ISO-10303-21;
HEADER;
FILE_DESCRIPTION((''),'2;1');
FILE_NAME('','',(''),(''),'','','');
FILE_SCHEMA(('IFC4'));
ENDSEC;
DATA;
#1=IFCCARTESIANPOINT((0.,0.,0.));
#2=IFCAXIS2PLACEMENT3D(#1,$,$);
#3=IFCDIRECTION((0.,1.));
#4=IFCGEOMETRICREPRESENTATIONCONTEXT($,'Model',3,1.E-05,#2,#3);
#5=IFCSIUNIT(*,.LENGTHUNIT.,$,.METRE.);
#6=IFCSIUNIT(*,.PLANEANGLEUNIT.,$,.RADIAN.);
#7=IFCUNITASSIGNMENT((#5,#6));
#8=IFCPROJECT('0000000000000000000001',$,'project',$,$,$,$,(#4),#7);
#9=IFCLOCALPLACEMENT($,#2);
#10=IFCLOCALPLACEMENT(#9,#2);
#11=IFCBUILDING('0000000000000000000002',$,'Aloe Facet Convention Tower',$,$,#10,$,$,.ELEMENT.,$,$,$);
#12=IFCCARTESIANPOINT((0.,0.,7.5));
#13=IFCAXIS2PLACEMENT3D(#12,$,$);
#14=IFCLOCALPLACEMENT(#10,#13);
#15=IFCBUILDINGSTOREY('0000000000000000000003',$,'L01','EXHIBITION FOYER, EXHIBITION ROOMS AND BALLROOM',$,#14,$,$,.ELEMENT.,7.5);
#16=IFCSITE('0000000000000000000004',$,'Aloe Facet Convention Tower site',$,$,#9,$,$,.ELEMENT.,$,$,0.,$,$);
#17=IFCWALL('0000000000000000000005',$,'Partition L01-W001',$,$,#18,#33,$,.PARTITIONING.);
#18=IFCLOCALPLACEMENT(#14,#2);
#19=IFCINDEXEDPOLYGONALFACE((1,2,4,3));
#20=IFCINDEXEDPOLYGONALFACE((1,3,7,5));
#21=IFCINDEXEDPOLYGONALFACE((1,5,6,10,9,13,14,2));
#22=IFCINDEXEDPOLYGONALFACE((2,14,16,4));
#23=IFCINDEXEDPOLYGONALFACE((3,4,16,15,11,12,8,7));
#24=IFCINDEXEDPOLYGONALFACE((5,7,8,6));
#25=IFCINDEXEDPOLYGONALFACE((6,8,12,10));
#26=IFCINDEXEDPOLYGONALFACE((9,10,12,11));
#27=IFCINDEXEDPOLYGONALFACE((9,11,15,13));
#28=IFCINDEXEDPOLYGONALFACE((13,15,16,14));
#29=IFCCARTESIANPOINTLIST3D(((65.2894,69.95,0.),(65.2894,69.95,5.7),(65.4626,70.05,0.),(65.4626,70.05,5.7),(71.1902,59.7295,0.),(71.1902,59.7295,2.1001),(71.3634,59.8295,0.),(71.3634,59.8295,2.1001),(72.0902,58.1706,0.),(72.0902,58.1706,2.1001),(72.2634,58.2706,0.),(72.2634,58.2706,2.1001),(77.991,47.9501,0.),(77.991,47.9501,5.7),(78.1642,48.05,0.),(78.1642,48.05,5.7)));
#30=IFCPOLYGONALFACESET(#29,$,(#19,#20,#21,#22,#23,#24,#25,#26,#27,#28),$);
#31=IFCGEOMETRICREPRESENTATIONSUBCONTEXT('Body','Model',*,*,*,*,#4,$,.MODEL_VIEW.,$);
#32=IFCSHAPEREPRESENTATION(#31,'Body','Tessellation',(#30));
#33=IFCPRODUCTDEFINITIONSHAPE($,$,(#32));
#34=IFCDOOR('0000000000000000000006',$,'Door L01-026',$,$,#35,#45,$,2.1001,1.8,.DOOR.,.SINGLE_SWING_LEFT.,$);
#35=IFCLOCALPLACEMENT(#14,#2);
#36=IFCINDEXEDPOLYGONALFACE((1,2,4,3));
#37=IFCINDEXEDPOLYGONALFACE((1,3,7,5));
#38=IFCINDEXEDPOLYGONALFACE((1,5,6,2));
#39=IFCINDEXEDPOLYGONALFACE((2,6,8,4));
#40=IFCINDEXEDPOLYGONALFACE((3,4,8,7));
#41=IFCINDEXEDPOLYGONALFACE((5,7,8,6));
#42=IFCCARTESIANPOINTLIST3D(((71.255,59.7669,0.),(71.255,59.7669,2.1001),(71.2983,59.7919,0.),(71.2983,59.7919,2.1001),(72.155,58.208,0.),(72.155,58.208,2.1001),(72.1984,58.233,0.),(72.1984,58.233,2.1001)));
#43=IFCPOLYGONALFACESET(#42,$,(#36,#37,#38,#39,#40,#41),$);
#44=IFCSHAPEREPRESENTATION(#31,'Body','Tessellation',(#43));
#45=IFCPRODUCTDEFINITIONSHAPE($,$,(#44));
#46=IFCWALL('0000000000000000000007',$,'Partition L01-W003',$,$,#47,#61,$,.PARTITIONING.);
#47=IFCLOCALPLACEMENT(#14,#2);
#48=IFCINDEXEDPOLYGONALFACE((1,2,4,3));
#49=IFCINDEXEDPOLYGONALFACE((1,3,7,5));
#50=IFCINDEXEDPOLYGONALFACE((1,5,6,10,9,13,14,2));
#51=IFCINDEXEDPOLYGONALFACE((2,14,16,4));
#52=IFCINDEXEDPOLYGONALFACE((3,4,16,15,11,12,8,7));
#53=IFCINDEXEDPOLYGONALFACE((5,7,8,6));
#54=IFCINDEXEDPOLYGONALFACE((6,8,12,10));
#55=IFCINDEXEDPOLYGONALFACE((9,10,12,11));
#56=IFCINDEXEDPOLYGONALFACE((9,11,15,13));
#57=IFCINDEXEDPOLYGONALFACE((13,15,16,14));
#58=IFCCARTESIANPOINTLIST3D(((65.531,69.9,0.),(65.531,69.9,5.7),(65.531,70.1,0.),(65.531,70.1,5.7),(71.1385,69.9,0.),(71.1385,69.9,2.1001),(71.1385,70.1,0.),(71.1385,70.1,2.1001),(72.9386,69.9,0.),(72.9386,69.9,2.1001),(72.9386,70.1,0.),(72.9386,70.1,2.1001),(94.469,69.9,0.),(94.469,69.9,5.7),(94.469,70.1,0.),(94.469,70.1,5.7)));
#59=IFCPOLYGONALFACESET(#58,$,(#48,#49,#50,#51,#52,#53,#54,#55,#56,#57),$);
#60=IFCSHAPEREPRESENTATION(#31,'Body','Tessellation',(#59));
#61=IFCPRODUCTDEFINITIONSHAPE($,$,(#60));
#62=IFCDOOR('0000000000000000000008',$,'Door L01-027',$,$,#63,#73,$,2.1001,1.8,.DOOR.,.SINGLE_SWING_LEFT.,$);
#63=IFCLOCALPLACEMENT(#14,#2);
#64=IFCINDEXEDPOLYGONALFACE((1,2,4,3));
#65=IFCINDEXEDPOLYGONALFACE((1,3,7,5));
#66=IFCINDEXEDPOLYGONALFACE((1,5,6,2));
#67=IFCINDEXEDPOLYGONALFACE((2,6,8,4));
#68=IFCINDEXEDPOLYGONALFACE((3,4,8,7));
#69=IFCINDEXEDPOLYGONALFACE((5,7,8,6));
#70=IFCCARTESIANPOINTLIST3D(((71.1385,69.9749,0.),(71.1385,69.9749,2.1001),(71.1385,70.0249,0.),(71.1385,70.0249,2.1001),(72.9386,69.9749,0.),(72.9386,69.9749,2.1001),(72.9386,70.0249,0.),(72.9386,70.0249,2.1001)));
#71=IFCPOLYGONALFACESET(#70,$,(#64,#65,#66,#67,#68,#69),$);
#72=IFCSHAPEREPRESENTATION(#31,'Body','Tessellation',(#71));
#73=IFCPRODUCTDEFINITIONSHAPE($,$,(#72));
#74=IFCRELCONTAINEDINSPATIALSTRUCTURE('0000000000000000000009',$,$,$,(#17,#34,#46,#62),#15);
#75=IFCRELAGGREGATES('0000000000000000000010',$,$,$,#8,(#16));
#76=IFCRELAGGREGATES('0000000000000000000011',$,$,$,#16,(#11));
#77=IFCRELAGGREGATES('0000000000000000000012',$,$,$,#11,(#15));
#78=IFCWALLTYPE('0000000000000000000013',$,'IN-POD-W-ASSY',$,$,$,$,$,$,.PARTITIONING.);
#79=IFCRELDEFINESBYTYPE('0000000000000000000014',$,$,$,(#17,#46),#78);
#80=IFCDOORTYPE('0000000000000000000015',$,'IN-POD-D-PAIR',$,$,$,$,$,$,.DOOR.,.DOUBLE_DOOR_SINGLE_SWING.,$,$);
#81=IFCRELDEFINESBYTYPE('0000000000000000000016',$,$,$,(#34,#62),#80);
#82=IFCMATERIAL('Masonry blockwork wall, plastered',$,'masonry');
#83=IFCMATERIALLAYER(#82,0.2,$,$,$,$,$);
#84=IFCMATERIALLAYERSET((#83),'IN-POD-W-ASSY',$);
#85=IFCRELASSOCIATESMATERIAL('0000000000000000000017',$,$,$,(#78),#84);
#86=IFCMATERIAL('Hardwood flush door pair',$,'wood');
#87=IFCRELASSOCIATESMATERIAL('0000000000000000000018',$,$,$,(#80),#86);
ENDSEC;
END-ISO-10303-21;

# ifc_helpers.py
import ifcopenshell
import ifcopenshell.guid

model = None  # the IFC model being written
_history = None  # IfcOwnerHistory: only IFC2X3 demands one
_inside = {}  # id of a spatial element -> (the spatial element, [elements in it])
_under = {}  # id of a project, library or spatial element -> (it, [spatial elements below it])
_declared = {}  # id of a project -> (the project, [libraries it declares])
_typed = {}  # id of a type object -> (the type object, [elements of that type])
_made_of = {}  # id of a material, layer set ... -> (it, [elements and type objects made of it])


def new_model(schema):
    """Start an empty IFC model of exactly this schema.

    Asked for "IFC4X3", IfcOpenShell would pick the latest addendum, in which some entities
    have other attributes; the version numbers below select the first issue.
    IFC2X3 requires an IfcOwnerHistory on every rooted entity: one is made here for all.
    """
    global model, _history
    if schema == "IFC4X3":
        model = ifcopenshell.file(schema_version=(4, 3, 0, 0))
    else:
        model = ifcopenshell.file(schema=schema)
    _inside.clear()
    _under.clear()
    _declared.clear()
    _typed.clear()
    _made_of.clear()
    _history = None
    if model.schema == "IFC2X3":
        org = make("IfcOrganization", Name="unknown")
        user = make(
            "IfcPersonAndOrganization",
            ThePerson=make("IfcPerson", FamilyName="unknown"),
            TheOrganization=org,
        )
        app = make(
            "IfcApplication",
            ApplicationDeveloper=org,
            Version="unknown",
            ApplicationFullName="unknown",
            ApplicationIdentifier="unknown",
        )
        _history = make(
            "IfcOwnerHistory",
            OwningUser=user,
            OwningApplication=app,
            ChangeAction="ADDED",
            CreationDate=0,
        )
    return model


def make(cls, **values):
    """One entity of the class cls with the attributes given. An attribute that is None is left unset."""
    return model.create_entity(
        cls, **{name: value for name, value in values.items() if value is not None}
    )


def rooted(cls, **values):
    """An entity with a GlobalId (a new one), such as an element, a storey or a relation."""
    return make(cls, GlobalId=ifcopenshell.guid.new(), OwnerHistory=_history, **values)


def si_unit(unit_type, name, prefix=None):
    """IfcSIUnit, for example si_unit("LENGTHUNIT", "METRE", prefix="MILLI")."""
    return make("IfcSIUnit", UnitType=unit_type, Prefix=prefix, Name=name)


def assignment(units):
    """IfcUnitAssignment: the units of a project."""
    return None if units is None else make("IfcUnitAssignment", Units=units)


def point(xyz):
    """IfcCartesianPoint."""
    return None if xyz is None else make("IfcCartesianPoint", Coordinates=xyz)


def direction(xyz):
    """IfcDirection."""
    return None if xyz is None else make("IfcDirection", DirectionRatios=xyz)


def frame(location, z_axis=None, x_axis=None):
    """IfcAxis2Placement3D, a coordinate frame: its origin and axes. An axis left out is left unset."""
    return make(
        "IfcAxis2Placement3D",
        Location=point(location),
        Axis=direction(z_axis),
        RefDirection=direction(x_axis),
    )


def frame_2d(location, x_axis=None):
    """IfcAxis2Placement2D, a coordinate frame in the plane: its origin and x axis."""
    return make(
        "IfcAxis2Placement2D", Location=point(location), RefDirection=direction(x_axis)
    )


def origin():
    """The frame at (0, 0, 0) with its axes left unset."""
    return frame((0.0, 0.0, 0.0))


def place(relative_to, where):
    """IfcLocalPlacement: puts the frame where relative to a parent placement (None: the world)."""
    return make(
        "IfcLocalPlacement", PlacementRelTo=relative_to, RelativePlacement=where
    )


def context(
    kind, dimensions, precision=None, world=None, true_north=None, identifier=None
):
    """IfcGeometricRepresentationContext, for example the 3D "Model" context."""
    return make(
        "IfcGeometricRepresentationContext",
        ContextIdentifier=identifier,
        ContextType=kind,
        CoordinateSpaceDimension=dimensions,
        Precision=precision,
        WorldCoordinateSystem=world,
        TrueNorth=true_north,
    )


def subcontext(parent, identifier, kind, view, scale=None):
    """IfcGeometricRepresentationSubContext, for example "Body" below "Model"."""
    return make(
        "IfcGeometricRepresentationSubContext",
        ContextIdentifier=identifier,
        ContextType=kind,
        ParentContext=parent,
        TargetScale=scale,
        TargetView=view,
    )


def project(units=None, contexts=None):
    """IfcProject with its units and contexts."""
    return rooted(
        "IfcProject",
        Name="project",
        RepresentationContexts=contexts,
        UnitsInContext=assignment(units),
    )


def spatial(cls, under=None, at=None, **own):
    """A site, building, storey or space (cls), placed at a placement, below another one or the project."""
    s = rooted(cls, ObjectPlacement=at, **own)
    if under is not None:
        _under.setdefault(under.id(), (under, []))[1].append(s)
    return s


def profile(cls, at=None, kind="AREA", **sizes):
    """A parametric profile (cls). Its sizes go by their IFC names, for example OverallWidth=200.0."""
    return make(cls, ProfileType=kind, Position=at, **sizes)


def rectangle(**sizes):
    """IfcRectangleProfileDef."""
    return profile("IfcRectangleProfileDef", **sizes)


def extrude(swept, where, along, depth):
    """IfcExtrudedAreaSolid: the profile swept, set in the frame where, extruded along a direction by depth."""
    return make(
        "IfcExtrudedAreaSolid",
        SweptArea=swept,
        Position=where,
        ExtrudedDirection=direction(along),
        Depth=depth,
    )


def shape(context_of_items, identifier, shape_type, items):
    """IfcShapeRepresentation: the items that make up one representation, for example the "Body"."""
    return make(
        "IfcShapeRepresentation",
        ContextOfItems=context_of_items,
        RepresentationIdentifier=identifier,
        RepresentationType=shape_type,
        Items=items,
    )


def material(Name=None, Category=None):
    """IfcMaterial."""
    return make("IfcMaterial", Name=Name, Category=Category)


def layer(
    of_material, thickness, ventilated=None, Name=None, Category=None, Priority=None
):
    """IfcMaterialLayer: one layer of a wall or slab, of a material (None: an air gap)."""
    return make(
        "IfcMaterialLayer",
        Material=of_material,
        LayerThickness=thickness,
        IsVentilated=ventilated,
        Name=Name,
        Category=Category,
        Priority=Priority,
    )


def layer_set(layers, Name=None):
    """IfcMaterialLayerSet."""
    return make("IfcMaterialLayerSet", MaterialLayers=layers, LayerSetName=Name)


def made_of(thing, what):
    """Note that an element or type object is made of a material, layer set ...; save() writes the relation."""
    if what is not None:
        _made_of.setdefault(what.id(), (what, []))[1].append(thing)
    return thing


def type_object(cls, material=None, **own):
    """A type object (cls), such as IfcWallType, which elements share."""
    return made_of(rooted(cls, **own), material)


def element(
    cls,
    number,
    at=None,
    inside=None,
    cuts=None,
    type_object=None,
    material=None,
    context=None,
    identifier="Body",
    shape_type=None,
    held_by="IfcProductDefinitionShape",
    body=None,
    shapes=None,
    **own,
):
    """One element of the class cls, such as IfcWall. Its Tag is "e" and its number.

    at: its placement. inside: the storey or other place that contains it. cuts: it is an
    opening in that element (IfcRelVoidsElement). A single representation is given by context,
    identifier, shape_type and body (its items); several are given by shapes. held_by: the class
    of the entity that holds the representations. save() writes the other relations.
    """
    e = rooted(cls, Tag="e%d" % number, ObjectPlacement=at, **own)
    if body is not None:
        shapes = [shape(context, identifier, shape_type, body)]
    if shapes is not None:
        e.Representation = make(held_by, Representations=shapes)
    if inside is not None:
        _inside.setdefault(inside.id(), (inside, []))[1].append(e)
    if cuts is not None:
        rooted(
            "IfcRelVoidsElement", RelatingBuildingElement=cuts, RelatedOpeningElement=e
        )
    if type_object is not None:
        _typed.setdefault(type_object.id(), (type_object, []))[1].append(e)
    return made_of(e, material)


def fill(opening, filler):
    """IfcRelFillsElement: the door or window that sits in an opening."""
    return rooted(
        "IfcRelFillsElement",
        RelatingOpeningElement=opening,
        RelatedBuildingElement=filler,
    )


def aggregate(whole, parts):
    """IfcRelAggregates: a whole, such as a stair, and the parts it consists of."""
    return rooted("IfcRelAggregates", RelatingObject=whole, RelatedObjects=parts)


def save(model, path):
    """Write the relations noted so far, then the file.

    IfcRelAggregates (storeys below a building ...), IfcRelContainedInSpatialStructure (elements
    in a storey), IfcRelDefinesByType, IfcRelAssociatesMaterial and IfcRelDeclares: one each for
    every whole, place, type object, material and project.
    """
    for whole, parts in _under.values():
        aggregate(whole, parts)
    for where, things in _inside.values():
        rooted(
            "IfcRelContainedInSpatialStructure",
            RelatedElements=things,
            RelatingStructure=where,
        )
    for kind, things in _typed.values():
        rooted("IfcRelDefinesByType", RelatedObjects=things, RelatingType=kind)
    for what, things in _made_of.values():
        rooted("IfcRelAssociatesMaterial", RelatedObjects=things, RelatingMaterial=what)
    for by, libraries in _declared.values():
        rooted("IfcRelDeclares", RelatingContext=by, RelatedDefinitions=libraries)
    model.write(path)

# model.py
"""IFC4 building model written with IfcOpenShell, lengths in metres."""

from ifc_helpers import new_model, si_unit, direction, frame, frame_2d, origin, place, context, subcontext, project, spatial, rectangle, extrude, material, layer, layer_set, type_object, element, fill, save


model = new_model("IFC4")

# Units and contexts
model_context = context("Model", 3, precision=1e-05, world=origin(), true_north=direction((0.0, 1.0)))
body_context = subcontext(model_context, "Body", "Model", "MODEL_VIEW")
ifc_project = project(units=[si_unit("LENGTHUNIT", "METRE"), si_unit("PLANEANGLEUNIT", "RADIAN")], contexts=[model_context])

# Site, building, storey
site_placement = place(None, origin())
site = spatial("IfcSite", under=ifc_project, at=site_placement, Name="Aloe Facet Convention Tower site", CompositionType="ELEMENT", RefElevation=0.0)
building_placement = place(site_placement, origin())
building = spatial("IfcBuilding", under=site, at=building_placement, Name="Aloe Facet Convention Tower", CompositionType="ELEMENT")
storey_placement = place(building_placement, frame((0.0, 0.0, 7.5)))
storey = spatial("IfcBuildingStorey", under=building, at=storey_placement, Name="L01", Description="EXHIBITION FOYER, EXHIBITION ROOMS AND BALLROOM", CompositionType="ELEMENT", Elevation=7.5)

# Walls, openings, doors
ifc_material_1 = material(Name="Masonry blockwork wall, plastered", Category="masonry")
ifc_layer_1 = layer(ifc_material_1, 0.2)
ifc_layer_set_1 = layer_set([ifc_layer_1], Name="IN-POD-W-ASSY")
wall_type_1 = type_object("IfcWallType", Name="IN-POD-W-ASSY", PredefinedType="PARTITIONING", material=ifc_layer_set_1)
wall_1_placement = place(storey_placement, frame((65.376, 70.0, 0.0), z_axis=(0.0, 0.0, 1.0), x_axis=(0.499999, -0.866026, 0.0)))
wall_1 = element("IfcWall", 1, at=wall_1_placement, inside=storey, type_object=wall_type_1, Name="Partition L01-W001", PredefinedType="PARTITIONING", context=body_context, shape_type="SweptSolid", body=[
    extrude(rectangle(XDim=25.4033, YDim=0.2, at=frame_2d((12.7017, 0.0))), origin(), (0.0, 0.0, 1.0), 5.7),
])
opening_1_placement = place(wall_1_placement, frame((11.8018, 0.0, 0.0)))
opening_1 = element("IfcOpeningElement", 2, at=opening_1_placement, cuts=wall_1, PredefinedType="OPENING", context=body_context, shape_type="SweptSolid", body=[
    extrude(rectangle(XDim=1.8, YDim=2.1001, at=frame_2d((0.8999, 1.05))), frame((0.0, 0.1099, 0.0), z_axis=(0.0, -1.0, 0.0), x_axis=(1.0, 0.0, 0.0)), (0.0, 0.0, 1.0), 0.22),
])
ifc_material_2 = material(Name="Hardwood flush door pair", Category="wood")
door_type = type_object("IfcDoorType", Name="IN-POD-D-PAIR", OperationType="DOUBLE_DOOR_SINGLE_SWING", PredefinedType="DOOR", material=ifc_material_2)
door_1_placement = place(opening_1_placement, origin())
door_1 = element("IfcDoor", 3, at=door_1_placement, inside=storey, type_object=door_type, Name="Door L01-026", OperationType="SINGLE_SWING_LEFT", OverallHeight=2.1001, OverallWidth=1.8, PredefinedType="DOOR", context=body_context, shape_type="SweptSolid", body=[
    extrude(rectangle(XDim=1.8, YDim=2.1001, at=frame_2d((0.8999, 1.05))), frame((0.0, 0.0249, 0.0), z_axis=(0.0, -1.0, 0.0), x_axis=(1.0, 0.0, 0.0)), (0.0, 0.0, 1.0), 0.05),
])
fill(opening_1, door_1)
wall_2_placement = place(storey_placement, frame((65.531, 70.0, 0.0), z_axis=(0.0, 0.0, 1.0), x_axis=(1.0, 0.0, 0.0)))
wall_2 = element("IfcWall", 4, at=wall_2_placement, inside=storey, type_object=wall_type_1, Name="Partition L01-W003", PredefinedType="PARTITIONING", context=body_context, shape_type="SweptSolid", body=[
    extrude(rectangle(XDim=28.938, YDim=0.2, at=frame_2d((14.469, 0.0))), origin(), (0.0, 0.0, 1.0), 5.7),
])
opening_2_placement = place(wall_2_placement, frame((5.6077, 0.0, 0.0)))
opening_2 = element("IfcOpeningElement", 5, at=opening_2_placement, cuts=wall_2, PredefinedType="OPENING", context=body_context, shape_type="SweptSolid", body=[
    extrude(rectangle(XDim=1.8, YDim=2.1001, at=frame_2d((0.8999, 1.05))), frame((0.0, 0.1099, 0.0), z_axis=(0.0, -1.0, 0.0), x_axis=(1.0, 0.0, 0.0)), (0.0, 0.0, 1.0), 0.22),
])
door_2_placement = place(opening_2_placement, origin())
door_2 = element("IfcDoor", 6, at=door_2_placement, inside=storey, type_object=door_type, Name="Door L01-027", OperationType="SINGLE_SWING_LEFT", OverallHeight=2.1001, OverallWidth=1.8, PredefinedType="DOOR", context=body_context, shape_type="SweptSolid", body=[
    extrude(rectangle(XDim=1.8, YDim=2.1001, at=frame_2d((0.8999, 1.05))), frame((0.0, 0.0249, 0.0), z_axis=(0.0, -1.0, 0.0), x_axis=(1.0, 0.0, 0.0)), (0.0, 0.0, 1.0), 0.05),
])
fill(opening_2, door_2)

save(model, "model.ifc")
